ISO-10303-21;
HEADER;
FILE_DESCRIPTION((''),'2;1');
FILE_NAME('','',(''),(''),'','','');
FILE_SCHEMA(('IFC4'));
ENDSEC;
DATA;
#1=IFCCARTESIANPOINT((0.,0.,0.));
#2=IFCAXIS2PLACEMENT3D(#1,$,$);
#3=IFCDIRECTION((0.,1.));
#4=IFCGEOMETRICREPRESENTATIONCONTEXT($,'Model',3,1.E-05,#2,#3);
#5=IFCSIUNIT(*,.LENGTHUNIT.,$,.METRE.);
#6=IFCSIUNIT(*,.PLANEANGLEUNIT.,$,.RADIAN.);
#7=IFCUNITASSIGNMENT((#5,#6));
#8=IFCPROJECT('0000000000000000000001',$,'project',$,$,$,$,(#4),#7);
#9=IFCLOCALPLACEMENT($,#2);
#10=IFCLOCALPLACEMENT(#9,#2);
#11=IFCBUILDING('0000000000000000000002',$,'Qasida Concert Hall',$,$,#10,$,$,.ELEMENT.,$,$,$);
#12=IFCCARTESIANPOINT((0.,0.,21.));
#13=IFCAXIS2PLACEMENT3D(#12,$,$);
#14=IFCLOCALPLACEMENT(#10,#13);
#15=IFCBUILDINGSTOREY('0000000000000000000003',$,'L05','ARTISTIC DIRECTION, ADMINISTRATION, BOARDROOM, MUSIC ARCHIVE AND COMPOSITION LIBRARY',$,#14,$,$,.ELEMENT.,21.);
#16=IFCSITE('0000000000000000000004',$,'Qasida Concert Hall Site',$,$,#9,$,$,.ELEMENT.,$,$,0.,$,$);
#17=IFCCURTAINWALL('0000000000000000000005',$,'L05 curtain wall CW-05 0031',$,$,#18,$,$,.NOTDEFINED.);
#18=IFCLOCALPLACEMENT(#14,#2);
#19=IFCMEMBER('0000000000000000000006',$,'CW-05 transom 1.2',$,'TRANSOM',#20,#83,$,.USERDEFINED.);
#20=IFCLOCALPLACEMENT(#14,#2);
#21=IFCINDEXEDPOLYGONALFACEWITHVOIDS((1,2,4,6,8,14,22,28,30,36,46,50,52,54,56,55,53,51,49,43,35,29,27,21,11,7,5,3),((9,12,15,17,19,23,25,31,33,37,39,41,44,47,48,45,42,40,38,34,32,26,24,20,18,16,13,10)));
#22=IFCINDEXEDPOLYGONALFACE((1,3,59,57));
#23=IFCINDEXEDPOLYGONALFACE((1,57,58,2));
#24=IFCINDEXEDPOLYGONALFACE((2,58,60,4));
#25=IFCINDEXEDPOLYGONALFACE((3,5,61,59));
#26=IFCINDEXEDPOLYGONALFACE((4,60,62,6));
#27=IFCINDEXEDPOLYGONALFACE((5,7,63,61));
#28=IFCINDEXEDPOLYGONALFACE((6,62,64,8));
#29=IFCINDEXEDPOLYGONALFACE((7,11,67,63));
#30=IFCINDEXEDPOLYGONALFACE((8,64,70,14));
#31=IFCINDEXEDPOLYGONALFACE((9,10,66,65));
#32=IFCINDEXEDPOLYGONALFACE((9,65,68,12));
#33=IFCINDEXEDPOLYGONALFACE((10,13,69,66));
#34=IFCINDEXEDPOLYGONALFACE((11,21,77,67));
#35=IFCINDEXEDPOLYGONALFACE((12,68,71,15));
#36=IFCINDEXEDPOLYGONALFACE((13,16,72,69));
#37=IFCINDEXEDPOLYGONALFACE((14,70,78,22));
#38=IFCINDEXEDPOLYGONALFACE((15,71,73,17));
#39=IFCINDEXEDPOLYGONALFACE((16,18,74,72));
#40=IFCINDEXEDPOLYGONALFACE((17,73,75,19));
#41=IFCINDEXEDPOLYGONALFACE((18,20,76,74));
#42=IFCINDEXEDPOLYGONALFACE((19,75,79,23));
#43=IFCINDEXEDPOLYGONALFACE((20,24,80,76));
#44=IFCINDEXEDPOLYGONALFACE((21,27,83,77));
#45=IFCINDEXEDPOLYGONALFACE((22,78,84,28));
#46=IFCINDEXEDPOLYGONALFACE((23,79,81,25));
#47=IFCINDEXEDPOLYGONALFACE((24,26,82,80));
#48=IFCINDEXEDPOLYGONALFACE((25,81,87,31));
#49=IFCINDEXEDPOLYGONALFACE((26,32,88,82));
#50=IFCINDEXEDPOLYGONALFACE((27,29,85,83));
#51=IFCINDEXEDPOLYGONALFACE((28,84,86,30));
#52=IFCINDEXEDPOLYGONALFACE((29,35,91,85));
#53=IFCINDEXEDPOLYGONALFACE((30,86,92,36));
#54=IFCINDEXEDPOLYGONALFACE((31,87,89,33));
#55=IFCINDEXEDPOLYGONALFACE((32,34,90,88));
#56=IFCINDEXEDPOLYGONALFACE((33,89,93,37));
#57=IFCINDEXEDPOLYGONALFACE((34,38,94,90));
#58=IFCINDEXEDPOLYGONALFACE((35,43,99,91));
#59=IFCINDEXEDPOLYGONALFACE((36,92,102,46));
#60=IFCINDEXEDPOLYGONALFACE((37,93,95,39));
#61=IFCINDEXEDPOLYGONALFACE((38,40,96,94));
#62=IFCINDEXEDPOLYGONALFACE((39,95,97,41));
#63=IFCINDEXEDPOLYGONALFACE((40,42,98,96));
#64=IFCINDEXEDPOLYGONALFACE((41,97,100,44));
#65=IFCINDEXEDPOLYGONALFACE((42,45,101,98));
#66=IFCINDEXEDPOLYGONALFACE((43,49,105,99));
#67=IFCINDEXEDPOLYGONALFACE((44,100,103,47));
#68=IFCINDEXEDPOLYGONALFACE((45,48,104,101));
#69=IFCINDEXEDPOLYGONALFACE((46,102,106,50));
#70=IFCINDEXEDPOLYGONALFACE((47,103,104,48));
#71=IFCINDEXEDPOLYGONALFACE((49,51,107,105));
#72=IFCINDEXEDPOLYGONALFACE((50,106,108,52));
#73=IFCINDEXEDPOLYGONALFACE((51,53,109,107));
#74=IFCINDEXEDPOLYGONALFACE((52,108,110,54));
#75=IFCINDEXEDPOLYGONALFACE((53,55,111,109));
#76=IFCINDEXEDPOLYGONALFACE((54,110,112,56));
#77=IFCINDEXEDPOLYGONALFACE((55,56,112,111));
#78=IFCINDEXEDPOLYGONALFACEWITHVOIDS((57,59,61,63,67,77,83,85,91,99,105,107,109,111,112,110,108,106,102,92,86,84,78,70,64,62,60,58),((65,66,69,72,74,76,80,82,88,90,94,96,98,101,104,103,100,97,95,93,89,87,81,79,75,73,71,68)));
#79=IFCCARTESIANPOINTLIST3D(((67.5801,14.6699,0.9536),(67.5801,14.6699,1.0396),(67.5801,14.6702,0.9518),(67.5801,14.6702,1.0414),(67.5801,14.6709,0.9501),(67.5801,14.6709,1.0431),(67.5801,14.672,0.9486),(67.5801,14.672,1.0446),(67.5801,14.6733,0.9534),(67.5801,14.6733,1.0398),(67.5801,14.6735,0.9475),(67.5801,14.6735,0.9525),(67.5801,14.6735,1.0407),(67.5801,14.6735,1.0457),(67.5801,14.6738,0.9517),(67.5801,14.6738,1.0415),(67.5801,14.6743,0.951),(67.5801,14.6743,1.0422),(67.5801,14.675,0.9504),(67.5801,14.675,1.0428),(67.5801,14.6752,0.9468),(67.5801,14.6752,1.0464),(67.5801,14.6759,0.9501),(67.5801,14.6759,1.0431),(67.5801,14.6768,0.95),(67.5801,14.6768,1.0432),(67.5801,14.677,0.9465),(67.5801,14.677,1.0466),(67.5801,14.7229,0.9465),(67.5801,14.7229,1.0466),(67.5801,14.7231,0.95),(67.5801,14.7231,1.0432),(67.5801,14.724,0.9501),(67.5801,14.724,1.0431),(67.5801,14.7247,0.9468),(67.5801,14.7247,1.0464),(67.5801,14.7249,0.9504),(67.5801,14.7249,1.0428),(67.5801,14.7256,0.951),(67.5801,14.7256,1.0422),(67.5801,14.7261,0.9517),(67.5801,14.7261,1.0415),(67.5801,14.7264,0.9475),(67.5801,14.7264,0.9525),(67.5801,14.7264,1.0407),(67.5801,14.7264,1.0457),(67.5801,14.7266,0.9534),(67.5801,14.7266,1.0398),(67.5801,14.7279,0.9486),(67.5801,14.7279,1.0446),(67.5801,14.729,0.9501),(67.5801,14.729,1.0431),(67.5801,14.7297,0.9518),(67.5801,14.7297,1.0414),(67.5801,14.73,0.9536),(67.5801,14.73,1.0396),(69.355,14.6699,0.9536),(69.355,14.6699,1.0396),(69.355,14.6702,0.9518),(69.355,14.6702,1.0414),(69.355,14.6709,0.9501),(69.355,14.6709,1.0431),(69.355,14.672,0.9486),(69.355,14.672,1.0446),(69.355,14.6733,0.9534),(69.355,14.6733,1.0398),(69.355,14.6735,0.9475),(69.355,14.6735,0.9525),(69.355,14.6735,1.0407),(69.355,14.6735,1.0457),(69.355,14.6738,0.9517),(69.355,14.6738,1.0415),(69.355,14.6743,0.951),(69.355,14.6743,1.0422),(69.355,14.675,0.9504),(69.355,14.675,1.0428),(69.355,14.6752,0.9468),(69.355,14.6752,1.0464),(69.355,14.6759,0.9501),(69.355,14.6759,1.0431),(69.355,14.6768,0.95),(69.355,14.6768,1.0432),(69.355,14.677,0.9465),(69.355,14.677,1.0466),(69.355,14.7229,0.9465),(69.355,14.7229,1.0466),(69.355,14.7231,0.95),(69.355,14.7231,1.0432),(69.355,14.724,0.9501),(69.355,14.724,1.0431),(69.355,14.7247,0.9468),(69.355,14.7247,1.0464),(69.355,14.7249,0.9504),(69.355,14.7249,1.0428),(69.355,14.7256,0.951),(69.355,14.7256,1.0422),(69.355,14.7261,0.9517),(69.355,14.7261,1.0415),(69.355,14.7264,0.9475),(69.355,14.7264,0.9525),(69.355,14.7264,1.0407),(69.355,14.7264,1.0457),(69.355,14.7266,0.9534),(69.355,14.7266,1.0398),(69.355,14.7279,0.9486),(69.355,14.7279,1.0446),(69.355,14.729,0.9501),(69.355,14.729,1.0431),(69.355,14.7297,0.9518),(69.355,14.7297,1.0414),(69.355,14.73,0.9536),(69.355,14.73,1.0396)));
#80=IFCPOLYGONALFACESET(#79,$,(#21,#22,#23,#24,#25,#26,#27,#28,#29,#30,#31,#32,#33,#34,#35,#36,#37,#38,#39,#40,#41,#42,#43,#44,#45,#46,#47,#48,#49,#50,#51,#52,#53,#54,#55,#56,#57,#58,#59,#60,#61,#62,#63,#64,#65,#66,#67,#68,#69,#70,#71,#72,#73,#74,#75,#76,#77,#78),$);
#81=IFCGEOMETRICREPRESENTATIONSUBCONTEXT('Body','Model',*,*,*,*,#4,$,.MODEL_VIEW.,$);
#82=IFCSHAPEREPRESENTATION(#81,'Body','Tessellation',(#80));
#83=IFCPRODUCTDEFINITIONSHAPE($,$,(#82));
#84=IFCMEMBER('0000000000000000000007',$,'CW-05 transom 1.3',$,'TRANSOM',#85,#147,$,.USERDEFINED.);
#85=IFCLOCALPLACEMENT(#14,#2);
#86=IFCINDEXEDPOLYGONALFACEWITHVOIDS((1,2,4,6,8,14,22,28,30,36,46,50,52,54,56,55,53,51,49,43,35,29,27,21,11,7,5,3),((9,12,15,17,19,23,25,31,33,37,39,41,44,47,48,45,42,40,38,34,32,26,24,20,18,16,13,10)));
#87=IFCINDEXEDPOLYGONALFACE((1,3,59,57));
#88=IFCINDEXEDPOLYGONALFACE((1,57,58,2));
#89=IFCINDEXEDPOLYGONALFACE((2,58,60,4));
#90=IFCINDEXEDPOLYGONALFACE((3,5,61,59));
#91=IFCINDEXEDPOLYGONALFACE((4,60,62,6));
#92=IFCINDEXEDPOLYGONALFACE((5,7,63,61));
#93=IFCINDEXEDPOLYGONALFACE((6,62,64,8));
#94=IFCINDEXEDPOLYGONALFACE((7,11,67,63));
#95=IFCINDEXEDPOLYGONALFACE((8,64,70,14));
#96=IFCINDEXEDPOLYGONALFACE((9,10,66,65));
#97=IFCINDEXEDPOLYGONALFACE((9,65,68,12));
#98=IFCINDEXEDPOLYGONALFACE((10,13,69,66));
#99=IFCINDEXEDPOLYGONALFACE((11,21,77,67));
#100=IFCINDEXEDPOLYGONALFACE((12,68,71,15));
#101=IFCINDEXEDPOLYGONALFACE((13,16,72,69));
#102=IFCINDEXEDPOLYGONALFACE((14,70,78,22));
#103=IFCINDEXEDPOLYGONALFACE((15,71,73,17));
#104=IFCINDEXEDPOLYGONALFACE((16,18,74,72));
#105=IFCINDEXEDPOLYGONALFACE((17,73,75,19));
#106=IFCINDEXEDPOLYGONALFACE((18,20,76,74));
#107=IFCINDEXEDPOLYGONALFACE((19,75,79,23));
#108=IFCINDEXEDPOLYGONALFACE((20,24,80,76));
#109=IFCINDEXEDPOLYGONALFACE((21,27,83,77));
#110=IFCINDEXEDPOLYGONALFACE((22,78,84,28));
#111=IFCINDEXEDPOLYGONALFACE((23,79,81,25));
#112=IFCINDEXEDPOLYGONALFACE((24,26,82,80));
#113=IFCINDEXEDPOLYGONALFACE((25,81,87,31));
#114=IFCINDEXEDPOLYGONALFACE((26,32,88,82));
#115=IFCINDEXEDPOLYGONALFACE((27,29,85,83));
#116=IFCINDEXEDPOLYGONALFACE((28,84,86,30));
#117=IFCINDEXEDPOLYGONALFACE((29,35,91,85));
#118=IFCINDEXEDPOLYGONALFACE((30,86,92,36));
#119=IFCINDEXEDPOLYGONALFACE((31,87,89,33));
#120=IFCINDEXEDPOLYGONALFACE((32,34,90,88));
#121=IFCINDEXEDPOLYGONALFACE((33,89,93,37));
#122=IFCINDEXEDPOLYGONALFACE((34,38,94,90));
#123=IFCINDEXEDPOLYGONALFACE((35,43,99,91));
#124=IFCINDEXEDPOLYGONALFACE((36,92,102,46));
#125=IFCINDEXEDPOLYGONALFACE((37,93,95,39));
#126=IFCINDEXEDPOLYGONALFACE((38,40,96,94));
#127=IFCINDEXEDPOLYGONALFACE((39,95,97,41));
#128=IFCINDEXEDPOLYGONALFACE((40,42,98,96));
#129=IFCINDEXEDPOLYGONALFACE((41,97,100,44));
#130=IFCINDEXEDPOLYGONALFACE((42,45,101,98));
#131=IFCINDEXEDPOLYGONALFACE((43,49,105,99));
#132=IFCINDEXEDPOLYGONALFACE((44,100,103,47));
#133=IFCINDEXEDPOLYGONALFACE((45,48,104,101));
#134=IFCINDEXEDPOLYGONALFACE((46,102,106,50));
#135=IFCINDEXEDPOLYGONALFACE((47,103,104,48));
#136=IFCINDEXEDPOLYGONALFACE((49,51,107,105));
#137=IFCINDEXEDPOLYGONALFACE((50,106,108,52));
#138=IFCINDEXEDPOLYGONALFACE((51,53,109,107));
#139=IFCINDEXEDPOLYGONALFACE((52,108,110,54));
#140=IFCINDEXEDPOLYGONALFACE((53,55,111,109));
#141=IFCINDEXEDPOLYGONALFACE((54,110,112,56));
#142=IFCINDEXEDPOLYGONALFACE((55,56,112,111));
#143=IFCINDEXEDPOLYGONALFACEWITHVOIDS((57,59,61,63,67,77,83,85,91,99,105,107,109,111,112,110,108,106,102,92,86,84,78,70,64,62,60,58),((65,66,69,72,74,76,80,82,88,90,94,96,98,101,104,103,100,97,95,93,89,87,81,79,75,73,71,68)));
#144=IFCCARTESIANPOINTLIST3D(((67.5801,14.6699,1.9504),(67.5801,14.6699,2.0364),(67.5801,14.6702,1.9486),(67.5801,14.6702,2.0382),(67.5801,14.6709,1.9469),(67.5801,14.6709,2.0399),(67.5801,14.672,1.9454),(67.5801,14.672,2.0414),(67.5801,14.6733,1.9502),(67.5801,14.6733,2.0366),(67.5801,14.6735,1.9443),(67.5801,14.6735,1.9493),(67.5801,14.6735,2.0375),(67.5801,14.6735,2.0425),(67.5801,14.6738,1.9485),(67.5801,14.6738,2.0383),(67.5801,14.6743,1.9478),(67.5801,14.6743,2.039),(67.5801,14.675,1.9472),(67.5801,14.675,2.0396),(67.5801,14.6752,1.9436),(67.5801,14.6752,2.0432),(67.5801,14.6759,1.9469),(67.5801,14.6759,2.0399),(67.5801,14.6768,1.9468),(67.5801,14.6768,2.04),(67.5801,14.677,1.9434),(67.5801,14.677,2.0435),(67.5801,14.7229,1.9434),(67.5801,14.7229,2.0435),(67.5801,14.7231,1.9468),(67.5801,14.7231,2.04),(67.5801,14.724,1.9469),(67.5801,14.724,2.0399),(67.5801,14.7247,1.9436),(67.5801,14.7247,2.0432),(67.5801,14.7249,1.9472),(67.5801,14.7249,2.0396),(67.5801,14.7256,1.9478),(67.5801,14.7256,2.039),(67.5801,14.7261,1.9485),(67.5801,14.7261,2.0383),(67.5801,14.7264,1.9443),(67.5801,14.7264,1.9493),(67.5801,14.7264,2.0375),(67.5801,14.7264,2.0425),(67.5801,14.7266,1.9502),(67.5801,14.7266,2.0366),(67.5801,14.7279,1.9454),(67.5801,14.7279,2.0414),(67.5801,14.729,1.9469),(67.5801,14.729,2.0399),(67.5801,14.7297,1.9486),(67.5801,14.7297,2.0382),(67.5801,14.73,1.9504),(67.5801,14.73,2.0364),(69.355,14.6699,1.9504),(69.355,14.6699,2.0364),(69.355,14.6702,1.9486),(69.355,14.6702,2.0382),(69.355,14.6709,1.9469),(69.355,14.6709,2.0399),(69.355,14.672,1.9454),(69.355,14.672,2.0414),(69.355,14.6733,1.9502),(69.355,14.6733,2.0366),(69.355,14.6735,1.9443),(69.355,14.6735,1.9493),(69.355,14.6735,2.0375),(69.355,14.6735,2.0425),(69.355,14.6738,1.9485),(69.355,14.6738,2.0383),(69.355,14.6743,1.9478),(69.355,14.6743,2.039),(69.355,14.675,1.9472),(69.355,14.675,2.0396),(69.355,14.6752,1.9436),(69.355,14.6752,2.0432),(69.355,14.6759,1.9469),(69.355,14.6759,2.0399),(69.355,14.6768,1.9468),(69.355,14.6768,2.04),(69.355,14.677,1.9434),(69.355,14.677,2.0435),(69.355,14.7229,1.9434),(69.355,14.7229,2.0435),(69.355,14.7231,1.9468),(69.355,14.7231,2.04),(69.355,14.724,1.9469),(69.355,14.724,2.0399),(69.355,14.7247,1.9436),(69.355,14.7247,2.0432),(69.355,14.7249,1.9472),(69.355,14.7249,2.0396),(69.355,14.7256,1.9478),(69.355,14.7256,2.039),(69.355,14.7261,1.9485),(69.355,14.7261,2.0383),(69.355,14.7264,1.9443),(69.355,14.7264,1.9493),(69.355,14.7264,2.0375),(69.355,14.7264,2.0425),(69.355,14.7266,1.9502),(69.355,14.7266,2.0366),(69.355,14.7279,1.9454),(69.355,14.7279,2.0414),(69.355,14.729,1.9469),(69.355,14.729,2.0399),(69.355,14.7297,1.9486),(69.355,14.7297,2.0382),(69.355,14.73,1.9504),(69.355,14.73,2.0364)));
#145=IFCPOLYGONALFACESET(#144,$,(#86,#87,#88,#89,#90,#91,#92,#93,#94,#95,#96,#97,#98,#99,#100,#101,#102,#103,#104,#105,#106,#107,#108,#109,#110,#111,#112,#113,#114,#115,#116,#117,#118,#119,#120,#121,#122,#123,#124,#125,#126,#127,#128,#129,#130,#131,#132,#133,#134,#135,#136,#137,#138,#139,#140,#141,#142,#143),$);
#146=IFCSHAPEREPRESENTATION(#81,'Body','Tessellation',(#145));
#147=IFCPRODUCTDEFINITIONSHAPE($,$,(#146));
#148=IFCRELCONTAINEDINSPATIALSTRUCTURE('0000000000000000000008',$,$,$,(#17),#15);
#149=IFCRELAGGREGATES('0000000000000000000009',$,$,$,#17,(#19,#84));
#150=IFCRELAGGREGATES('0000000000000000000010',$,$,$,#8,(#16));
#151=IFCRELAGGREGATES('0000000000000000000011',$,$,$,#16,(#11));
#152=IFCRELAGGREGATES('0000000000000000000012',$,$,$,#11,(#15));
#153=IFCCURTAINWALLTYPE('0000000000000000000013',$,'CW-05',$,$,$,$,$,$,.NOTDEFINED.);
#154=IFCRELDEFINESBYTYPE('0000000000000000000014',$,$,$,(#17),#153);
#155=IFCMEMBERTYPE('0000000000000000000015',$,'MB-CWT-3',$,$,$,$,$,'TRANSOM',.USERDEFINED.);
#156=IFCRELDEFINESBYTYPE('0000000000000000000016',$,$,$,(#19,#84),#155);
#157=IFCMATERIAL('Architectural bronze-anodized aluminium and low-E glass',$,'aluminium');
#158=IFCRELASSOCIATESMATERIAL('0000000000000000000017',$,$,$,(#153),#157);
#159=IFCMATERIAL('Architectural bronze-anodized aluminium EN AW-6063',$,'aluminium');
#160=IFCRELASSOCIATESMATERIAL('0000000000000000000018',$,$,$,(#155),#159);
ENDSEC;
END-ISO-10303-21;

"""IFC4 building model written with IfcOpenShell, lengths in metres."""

from ifc_helpers import new_model, si_unit, direction, frame, origin, origin_2d, place, context, subcontext, project, spatial, hollow_rectangle, extrude, material, material_profile, profile_set, type_object, element, aggregate, save


model = new_model("IFC4")

# Units and contexts
model_context = context("Model", 3, precision=1e-05, world=origin(), true_north=direction((0.0, 1.0)))
body_context = subcontext(model_context, "Body", "Model", "MODEL_VIEW")
ifc_project = project(units=[si_unit("LENGTHUNIT", "METRE"), si_unit("PLANEANGLEUNIT", "RADIAN")], contexts=[model_context])

# Site, building, storey
site_placement = place(None, origin())
site = spatial("IfcSite", under=ifc_project, at=site_placement, Name="Qasida Concert Hall Site", CompositionType="ELEMENT", RefElevation=0.0)
building_placement = place(site_placement, origin())
building = spatial("IfcBuilding", under=site, at=building_placement, Name="Qasida Concert Hall", CompositionType="ELEMENT")
storey_placement = place(building_placement, frame((0.0, 0.0, 21.0)))
storey = spatial("IfcBuildingStorey", under=building, at=storey_placement, Name="L05", Description="ARTISTIC DIRECTION, ADMINISTRATION, BOARDROOM, MUSIC ARCHIVE AND COMPOSITION LIBRARY", CompositionType="ELEMENT", Elevation=21.0)

# Curtain wall, members
ifc_material_1 = material(Name="Architectural bronze-anodized aluminium and low-E glass", Category="aluminium")
curtain_wall_type = type_object("IfcCurtainWallType", Name="CW-05", PredefinedType="NOTDEFINED", material=ifc_material_1)
curtain_wall_placement = place(storey_placement, origin())
curtain_wall = element("IfcCurtainWall", 1, at=curtain_wall_placement, inside=storey, type_object=curtain_wall_type, Name="L05 curtain wall CW-05 0031", PredefinedType="NOTDEFINED")
ifc_material_2 = material(Name="Architectural bronze-anodized aluminium EN AW-6063", Category="aluminium")
ifc_material_profile_1 = material_profile(ifc_material_2, hollow_rectangle(XDim=0.0601, YDim=0.1001, WallThickness=0.0034, InnerFilletRadius=0.0034, OuterFilletRadius=0.0071, at=origin_2d()), Name="CWT 100x60x3.5")
ifc_profile_set_1 = profile_set([ifc_material_profile_1], Name="Architectural bronze-anodized aluminium EN AW-6063")
member_type_1 = type_object("IfcMemberType", Name="MB-CWT-3", ElementType="TRANSOM", PredefinedType="USERDEFINED", material=ifc_profile_set_1)
member_1_placement = place(storey_placement, frame((67.5801, 14.7, 0.9966), z_axis=(1.0, 0.0, 0.0), x_axis=(0.0, 1.0, 0.0)))
member_1 = element("IfcMember", 2, at=member_1_placement, type_object=member_type_1, Name="CW-05 transom 1.2", ObjectType="TRANSOM", PredefinedType="USERDEFINED", context=body_context, shape_type="SweptSolid", body=[
    extrude(hollow_rectangle(XDim=0.0601, YDim=0.1001, WallThickness=0.0034, InnerFilletRadius=0.0034, OuterFilletRadius=0.0071, at=origin_2d()), origin(), (0.0, 0.0, 1.0), 1.7749),
])
member_2_placement = place(storey_placement, frame((67.5801, 14.7, 1.9934), z_axis=(1.0, 0.0, 0.0), x_axis=(0.0, 1.0, 0.0)))
member_2 = element("IfcMember", 3, at=member_2_placement, type_object=member_type_1, Name="CW-05 transom 1.3", ObjectType="TRANSOM", PredefinedType="USERDEFINED", context=body_context, shape_type="SweptSolid", body=[
    extrude(hollow_rectangle(XDim=0.0601, YDim=0.1001, WallThickness=0.0034, InnerFilletRadius=0.0034, OuterFilletRadius=0.0071, at=origin_2d()), origin(), (0.0, 0.0, 1.0), 1.7749),
])
aggregate(curtain_wall, [member_1, member_2])

save(model, "model.ifc")
